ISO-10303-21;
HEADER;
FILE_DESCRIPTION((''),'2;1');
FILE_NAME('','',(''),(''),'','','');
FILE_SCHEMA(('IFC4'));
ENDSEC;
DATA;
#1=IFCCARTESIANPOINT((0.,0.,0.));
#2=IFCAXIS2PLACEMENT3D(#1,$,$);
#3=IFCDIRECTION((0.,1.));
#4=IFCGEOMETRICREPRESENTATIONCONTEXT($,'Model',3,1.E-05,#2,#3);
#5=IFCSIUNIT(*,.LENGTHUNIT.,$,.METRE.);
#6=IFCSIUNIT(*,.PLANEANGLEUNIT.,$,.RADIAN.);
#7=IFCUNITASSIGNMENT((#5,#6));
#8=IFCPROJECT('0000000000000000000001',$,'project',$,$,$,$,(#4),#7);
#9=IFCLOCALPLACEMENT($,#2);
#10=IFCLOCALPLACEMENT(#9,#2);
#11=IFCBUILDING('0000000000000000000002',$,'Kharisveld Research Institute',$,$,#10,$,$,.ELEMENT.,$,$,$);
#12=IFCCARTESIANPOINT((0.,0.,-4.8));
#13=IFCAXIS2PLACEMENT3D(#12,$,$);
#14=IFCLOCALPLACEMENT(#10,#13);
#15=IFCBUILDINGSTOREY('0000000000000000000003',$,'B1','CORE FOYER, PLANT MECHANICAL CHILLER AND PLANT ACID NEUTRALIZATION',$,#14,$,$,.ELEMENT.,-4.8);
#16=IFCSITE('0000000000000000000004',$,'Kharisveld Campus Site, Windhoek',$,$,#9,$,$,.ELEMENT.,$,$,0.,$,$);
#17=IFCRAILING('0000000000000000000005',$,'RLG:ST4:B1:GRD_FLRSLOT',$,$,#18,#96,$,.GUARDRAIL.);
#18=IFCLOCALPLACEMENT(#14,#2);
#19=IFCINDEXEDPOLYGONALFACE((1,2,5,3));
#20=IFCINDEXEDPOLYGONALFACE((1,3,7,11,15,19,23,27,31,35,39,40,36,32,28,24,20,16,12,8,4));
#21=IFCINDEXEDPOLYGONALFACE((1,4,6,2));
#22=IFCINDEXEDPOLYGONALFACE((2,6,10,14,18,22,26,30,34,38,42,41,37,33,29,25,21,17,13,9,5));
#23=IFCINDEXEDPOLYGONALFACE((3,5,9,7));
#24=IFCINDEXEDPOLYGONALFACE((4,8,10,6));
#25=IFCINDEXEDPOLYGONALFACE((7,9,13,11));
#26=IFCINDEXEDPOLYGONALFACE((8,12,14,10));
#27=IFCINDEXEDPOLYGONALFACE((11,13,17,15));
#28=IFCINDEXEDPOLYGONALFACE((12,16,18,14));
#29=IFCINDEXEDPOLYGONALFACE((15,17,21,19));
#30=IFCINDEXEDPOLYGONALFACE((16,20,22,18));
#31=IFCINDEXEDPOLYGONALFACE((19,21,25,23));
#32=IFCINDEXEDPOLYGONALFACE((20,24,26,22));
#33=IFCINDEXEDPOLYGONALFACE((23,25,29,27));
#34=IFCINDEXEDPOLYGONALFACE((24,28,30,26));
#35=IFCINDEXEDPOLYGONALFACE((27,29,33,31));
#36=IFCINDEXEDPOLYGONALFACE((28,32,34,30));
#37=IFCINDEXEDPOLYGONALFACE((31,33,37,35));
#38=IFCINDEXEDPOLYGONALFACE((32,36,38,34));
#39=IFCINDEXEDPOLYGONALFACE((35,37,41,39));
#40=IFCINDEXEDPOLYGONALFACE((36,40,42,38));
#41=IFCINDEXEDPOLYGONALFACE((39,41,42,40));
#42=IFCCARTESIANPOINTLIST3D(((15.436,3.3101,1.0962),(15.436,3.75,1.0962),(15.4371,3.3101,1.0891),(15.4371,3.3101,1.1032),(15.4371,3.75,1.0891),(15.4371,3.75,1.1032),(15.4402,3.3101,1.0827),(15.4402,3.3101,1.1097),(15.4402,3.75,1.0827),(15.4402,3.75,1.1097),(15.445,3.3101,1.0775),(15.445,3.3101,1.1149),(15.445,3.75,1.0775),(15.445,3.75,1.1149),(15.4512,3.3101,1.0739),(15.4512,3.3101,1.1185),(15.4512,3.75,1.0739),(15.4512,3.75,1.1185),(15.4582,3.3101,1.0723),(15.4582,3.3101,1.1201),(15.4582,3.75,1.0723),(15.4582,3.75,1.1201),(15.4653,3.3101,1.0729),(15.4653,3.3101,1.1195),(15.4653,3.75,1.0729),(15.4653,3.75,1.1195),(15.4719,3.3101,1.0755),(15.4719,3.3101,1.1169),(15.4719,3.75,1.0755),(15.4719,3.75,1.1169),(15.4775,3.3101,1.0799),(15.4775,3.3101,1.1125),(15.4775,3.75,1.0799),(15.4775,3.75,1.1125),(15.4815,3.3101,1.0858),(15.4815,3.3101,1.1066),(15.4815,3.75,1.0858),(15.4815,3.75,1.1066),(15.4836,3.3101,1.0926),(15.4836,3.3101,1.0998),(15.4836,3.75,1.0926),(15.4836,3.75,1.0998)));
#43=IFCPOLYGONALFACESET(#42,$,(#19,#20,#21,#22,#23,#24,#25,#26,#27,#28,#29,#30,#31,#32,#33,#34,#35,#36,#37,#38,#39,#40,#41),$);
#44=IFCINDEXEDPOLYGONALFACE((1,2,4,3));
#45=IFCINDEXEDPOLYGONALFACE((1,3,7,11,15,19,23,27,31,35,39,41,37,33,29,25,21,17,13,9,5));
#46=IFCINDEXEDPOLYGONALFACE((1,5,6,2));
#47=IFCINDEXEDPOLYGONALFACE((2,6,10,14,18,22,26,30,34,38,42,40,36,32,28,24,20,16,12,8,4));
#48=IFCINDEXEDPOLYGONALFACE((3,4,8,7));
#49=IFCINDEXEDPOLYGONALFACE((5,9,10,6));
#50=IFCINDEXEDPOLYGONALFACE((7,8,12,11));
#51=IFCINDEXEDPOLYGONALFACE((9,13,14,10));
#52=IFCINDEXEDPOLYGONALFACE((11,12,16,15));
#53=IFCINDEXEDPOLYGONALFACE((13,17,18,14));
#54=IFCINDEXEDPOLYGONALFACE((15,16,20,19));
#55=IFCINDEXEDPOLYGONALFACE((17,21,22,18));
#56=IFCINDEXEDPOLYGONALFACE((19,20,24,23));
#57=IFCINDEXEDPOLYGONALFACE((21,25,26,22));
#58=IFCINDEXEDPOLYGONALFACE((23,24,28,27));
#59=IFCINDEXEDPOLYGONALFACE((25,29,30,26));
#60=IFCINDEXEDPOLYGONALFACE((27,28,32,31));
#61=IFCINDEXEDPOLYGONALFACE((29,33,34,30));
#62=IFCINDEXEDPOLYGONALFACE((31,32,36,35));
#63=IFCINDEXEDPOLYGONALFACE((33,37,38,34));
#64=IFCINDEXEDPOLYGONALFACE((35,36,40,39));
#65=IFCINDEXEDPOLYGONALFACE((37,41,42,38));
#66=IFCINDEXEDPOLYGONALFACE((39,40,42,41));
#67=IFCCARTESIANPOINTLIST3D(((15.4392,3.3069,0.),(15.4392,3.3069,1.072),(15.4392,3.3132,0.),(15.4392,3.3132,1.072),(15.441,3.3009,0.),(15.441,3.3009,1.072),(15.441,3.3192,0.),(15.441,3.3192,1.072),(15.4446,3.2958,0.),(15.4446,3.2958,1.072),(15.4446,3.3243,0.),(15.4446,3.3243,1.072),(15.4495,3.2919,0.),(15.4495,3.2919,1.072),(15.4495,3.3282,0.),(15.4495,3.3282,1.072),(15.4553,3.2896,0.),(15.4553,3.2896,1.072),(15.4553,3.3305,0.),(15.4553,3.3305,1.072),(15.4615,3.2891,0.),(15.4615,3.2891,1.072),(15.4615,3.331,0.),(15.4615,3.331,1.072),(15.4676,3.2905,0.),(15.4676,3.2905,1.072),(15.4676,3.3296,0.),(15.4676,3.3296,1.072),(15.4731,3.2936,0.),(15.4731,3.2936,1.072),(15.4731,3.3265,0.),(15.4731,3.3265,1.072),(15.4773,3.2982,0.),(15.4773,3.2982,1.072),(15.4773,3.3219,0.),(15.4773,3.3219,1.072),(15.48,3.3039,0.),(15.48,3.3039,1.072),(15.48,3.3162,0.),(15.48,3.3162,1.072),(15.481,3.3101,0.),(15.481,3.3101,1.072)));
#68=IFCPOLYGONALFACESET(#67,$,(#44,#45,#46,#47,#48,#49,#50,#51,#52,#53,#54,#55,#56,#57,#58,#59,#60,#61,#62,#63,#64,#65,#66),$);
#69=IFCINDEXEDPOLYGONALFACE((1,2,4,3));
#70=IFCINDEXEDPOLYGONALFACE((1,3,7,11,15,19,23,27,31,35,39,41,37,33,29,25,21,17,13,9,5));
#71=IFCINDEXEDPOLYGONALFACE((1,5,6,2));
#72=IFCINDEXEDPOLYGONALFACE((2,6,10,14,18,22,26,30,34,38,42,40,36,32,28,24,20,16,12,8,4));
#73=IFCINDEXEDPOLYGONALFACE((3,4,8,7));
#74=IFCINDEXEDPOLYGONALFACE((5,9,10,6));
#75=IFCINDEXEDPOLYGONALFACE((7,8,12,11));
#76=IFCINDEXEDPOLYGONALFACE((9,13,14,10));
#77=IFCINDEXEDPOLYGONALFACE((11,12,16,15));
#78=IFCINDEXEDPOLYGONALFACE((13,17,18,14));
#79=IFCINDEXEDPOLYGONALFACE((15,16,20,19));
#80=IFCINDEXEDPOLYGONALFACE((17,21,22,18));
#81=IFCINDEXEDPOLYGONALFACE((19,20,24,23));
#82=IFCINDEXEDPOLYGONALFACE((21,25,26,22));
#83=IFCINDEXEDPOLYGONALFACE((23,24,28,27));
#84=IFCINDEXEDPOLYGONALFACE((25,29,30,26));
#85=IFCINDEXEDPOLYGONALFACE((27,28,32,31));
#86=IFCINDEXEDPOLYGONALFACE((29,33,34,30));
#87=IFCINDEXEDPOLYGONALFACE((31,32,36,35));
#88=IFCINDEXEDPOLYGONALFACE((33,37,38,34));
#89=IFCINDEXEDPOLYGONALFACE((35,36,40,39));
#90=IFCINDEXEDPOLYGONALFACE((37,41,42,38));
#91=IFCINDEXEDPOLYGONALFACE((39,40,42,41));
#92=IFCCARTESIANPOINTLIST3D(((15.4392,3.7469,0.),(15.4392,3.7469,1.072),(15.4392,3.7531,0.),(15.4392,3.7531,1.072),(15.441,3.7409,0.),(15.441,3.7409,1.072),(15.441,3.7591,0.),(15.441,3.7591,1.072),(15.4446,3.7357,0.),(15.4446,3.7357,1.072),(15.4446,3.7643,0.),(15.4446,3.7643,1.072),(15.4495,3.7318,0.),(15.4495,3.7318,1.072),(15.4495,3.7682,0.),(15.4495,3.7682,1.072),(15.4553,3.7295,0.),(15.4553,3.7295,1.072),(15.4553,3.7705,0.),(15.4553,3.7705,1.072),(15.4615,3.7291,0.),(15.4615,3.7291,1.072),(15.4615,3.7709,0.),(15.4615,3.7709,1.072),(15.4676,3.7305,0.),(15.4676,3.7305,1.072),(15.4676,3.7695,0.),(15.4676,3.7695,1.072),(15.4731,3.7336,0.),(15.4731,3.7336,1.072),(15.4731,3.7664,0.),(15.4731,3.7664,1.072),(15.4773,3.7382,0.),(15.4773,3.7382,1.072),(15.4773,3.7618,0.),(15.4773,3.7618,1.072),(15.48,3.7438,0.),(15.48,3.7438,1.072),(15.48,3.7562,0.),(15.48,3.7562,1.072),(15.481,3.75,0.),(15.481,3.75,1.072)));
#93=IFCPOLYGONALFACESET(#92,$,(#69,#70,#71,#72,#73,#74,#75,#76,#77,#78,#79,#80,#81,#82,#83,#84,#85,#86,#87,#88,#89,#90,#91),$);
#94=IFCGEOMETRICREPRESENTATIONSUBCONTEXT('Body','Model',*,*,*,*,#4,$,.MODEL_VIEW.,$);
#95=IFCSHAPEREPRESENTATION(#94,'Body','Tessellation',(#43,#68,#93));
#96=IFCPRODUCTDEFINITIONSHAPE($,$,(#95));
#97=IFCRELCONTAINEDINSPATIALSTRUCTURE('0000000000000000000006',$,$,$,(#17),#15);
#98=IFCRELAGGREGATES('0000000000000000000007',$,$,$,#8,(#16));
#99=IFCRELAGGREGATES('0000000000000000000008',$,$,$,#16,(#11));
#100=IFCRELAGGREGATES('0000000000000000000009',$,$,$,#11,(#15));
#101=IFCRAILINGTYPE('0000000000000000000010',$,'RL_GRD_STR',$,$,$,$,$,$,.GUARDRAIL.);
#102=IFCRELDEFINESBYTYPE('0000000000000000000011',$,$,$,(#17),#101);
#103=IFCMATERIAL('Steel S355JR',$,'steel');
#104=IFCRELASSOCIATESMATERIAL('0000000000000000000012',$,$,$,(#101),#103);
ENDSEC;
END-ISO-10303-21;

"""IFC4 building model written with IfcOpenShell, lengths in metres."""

from ifc_helpers import new_model, si_unit, direction, frame, origin, origin_2d, place, context, subcontext, project, spatial, circle, extrude, material, type_object, element, save


model = new_model("IFC4")

# Units and contexts
model_context = context("Model", 3, precision=1e-05, world=origin(), true_north=direction((0.0, 1.0)))
body_context = subcontext(model_context, "Body", "Model", "MODEL_VIEW")
ifc_project = project(units=[si_unit("LENGTHUNIT", "METRE"), si_unit("PLANEANGLEUNIT", "RADIAN")], contexts=[model_context])

# Site, building, storey
site_placement = place(None, origin())
site = spatial("IfcSite", under=ifc_project, at=site_placement, Name="Kharisveld Campus Site, Windhoek", CompositionType="ELEMENT", RefElevation=0.0)
building_placement = place(site_placement, origin())
building = spatial("IfcBuilding", under=site, at=building_placement, Name="Kharisveld Research Institute", CompositionType="ELEMENT")
storey_placement = place(building_placement, frame((0.0, 0.0, -4.8)))
storey = spatial("IfcBuildingStorey", under=building, at=storey_placement, Name="B1", Description="CORE FOYER, PLANT MECHANICAL CHILLER AND PLANT ACID NEUTRALIZATION", CompositionType="ELEMENT", Elevation=-4.8)

# Railing
ifc_material_1 = material(Name="Steel S355JR", Category="steel")
railing_type_1 = type_object("IfcRailingType", Name="RL_GRD_STR", PredefinedType="GUARDRAIL", material=ifc_material_1)
railing_1_placement = place(storey_placement, frame((15.46, 3.3101, 0.0)))
element("IfcRailing", 1, at=railing_1_placement, inside=storey, type_object=railing_type_1, Name="RLG:ST4:B1:GRD_FLRSLOT", PredefinedType="GUARDRAIL", context=body_context, shape_type="SweptSolid", body=[
    extrude(circle(Radius=0.0239, at=origin_2d()), frame((0.0, 0.0, 1.0962), z_axis=(0.0, 1.0, 0.0), x_axis=(-1.0, 0.0, 0.0)), (0.0, 0.0, 1.0), 0.4399),
    extrude(circle(Radius=0.021, at=origin_2d()), origin(), (0.0, 0.0, 1.0), 1.072),
    extrude(circle(Radius=0.021, at=origin_2d()), frame((0.0, 0.4399, 0.0)), (0.0, 0.0, 1.0), 1.072),
])

save(model, "model.ifc")
